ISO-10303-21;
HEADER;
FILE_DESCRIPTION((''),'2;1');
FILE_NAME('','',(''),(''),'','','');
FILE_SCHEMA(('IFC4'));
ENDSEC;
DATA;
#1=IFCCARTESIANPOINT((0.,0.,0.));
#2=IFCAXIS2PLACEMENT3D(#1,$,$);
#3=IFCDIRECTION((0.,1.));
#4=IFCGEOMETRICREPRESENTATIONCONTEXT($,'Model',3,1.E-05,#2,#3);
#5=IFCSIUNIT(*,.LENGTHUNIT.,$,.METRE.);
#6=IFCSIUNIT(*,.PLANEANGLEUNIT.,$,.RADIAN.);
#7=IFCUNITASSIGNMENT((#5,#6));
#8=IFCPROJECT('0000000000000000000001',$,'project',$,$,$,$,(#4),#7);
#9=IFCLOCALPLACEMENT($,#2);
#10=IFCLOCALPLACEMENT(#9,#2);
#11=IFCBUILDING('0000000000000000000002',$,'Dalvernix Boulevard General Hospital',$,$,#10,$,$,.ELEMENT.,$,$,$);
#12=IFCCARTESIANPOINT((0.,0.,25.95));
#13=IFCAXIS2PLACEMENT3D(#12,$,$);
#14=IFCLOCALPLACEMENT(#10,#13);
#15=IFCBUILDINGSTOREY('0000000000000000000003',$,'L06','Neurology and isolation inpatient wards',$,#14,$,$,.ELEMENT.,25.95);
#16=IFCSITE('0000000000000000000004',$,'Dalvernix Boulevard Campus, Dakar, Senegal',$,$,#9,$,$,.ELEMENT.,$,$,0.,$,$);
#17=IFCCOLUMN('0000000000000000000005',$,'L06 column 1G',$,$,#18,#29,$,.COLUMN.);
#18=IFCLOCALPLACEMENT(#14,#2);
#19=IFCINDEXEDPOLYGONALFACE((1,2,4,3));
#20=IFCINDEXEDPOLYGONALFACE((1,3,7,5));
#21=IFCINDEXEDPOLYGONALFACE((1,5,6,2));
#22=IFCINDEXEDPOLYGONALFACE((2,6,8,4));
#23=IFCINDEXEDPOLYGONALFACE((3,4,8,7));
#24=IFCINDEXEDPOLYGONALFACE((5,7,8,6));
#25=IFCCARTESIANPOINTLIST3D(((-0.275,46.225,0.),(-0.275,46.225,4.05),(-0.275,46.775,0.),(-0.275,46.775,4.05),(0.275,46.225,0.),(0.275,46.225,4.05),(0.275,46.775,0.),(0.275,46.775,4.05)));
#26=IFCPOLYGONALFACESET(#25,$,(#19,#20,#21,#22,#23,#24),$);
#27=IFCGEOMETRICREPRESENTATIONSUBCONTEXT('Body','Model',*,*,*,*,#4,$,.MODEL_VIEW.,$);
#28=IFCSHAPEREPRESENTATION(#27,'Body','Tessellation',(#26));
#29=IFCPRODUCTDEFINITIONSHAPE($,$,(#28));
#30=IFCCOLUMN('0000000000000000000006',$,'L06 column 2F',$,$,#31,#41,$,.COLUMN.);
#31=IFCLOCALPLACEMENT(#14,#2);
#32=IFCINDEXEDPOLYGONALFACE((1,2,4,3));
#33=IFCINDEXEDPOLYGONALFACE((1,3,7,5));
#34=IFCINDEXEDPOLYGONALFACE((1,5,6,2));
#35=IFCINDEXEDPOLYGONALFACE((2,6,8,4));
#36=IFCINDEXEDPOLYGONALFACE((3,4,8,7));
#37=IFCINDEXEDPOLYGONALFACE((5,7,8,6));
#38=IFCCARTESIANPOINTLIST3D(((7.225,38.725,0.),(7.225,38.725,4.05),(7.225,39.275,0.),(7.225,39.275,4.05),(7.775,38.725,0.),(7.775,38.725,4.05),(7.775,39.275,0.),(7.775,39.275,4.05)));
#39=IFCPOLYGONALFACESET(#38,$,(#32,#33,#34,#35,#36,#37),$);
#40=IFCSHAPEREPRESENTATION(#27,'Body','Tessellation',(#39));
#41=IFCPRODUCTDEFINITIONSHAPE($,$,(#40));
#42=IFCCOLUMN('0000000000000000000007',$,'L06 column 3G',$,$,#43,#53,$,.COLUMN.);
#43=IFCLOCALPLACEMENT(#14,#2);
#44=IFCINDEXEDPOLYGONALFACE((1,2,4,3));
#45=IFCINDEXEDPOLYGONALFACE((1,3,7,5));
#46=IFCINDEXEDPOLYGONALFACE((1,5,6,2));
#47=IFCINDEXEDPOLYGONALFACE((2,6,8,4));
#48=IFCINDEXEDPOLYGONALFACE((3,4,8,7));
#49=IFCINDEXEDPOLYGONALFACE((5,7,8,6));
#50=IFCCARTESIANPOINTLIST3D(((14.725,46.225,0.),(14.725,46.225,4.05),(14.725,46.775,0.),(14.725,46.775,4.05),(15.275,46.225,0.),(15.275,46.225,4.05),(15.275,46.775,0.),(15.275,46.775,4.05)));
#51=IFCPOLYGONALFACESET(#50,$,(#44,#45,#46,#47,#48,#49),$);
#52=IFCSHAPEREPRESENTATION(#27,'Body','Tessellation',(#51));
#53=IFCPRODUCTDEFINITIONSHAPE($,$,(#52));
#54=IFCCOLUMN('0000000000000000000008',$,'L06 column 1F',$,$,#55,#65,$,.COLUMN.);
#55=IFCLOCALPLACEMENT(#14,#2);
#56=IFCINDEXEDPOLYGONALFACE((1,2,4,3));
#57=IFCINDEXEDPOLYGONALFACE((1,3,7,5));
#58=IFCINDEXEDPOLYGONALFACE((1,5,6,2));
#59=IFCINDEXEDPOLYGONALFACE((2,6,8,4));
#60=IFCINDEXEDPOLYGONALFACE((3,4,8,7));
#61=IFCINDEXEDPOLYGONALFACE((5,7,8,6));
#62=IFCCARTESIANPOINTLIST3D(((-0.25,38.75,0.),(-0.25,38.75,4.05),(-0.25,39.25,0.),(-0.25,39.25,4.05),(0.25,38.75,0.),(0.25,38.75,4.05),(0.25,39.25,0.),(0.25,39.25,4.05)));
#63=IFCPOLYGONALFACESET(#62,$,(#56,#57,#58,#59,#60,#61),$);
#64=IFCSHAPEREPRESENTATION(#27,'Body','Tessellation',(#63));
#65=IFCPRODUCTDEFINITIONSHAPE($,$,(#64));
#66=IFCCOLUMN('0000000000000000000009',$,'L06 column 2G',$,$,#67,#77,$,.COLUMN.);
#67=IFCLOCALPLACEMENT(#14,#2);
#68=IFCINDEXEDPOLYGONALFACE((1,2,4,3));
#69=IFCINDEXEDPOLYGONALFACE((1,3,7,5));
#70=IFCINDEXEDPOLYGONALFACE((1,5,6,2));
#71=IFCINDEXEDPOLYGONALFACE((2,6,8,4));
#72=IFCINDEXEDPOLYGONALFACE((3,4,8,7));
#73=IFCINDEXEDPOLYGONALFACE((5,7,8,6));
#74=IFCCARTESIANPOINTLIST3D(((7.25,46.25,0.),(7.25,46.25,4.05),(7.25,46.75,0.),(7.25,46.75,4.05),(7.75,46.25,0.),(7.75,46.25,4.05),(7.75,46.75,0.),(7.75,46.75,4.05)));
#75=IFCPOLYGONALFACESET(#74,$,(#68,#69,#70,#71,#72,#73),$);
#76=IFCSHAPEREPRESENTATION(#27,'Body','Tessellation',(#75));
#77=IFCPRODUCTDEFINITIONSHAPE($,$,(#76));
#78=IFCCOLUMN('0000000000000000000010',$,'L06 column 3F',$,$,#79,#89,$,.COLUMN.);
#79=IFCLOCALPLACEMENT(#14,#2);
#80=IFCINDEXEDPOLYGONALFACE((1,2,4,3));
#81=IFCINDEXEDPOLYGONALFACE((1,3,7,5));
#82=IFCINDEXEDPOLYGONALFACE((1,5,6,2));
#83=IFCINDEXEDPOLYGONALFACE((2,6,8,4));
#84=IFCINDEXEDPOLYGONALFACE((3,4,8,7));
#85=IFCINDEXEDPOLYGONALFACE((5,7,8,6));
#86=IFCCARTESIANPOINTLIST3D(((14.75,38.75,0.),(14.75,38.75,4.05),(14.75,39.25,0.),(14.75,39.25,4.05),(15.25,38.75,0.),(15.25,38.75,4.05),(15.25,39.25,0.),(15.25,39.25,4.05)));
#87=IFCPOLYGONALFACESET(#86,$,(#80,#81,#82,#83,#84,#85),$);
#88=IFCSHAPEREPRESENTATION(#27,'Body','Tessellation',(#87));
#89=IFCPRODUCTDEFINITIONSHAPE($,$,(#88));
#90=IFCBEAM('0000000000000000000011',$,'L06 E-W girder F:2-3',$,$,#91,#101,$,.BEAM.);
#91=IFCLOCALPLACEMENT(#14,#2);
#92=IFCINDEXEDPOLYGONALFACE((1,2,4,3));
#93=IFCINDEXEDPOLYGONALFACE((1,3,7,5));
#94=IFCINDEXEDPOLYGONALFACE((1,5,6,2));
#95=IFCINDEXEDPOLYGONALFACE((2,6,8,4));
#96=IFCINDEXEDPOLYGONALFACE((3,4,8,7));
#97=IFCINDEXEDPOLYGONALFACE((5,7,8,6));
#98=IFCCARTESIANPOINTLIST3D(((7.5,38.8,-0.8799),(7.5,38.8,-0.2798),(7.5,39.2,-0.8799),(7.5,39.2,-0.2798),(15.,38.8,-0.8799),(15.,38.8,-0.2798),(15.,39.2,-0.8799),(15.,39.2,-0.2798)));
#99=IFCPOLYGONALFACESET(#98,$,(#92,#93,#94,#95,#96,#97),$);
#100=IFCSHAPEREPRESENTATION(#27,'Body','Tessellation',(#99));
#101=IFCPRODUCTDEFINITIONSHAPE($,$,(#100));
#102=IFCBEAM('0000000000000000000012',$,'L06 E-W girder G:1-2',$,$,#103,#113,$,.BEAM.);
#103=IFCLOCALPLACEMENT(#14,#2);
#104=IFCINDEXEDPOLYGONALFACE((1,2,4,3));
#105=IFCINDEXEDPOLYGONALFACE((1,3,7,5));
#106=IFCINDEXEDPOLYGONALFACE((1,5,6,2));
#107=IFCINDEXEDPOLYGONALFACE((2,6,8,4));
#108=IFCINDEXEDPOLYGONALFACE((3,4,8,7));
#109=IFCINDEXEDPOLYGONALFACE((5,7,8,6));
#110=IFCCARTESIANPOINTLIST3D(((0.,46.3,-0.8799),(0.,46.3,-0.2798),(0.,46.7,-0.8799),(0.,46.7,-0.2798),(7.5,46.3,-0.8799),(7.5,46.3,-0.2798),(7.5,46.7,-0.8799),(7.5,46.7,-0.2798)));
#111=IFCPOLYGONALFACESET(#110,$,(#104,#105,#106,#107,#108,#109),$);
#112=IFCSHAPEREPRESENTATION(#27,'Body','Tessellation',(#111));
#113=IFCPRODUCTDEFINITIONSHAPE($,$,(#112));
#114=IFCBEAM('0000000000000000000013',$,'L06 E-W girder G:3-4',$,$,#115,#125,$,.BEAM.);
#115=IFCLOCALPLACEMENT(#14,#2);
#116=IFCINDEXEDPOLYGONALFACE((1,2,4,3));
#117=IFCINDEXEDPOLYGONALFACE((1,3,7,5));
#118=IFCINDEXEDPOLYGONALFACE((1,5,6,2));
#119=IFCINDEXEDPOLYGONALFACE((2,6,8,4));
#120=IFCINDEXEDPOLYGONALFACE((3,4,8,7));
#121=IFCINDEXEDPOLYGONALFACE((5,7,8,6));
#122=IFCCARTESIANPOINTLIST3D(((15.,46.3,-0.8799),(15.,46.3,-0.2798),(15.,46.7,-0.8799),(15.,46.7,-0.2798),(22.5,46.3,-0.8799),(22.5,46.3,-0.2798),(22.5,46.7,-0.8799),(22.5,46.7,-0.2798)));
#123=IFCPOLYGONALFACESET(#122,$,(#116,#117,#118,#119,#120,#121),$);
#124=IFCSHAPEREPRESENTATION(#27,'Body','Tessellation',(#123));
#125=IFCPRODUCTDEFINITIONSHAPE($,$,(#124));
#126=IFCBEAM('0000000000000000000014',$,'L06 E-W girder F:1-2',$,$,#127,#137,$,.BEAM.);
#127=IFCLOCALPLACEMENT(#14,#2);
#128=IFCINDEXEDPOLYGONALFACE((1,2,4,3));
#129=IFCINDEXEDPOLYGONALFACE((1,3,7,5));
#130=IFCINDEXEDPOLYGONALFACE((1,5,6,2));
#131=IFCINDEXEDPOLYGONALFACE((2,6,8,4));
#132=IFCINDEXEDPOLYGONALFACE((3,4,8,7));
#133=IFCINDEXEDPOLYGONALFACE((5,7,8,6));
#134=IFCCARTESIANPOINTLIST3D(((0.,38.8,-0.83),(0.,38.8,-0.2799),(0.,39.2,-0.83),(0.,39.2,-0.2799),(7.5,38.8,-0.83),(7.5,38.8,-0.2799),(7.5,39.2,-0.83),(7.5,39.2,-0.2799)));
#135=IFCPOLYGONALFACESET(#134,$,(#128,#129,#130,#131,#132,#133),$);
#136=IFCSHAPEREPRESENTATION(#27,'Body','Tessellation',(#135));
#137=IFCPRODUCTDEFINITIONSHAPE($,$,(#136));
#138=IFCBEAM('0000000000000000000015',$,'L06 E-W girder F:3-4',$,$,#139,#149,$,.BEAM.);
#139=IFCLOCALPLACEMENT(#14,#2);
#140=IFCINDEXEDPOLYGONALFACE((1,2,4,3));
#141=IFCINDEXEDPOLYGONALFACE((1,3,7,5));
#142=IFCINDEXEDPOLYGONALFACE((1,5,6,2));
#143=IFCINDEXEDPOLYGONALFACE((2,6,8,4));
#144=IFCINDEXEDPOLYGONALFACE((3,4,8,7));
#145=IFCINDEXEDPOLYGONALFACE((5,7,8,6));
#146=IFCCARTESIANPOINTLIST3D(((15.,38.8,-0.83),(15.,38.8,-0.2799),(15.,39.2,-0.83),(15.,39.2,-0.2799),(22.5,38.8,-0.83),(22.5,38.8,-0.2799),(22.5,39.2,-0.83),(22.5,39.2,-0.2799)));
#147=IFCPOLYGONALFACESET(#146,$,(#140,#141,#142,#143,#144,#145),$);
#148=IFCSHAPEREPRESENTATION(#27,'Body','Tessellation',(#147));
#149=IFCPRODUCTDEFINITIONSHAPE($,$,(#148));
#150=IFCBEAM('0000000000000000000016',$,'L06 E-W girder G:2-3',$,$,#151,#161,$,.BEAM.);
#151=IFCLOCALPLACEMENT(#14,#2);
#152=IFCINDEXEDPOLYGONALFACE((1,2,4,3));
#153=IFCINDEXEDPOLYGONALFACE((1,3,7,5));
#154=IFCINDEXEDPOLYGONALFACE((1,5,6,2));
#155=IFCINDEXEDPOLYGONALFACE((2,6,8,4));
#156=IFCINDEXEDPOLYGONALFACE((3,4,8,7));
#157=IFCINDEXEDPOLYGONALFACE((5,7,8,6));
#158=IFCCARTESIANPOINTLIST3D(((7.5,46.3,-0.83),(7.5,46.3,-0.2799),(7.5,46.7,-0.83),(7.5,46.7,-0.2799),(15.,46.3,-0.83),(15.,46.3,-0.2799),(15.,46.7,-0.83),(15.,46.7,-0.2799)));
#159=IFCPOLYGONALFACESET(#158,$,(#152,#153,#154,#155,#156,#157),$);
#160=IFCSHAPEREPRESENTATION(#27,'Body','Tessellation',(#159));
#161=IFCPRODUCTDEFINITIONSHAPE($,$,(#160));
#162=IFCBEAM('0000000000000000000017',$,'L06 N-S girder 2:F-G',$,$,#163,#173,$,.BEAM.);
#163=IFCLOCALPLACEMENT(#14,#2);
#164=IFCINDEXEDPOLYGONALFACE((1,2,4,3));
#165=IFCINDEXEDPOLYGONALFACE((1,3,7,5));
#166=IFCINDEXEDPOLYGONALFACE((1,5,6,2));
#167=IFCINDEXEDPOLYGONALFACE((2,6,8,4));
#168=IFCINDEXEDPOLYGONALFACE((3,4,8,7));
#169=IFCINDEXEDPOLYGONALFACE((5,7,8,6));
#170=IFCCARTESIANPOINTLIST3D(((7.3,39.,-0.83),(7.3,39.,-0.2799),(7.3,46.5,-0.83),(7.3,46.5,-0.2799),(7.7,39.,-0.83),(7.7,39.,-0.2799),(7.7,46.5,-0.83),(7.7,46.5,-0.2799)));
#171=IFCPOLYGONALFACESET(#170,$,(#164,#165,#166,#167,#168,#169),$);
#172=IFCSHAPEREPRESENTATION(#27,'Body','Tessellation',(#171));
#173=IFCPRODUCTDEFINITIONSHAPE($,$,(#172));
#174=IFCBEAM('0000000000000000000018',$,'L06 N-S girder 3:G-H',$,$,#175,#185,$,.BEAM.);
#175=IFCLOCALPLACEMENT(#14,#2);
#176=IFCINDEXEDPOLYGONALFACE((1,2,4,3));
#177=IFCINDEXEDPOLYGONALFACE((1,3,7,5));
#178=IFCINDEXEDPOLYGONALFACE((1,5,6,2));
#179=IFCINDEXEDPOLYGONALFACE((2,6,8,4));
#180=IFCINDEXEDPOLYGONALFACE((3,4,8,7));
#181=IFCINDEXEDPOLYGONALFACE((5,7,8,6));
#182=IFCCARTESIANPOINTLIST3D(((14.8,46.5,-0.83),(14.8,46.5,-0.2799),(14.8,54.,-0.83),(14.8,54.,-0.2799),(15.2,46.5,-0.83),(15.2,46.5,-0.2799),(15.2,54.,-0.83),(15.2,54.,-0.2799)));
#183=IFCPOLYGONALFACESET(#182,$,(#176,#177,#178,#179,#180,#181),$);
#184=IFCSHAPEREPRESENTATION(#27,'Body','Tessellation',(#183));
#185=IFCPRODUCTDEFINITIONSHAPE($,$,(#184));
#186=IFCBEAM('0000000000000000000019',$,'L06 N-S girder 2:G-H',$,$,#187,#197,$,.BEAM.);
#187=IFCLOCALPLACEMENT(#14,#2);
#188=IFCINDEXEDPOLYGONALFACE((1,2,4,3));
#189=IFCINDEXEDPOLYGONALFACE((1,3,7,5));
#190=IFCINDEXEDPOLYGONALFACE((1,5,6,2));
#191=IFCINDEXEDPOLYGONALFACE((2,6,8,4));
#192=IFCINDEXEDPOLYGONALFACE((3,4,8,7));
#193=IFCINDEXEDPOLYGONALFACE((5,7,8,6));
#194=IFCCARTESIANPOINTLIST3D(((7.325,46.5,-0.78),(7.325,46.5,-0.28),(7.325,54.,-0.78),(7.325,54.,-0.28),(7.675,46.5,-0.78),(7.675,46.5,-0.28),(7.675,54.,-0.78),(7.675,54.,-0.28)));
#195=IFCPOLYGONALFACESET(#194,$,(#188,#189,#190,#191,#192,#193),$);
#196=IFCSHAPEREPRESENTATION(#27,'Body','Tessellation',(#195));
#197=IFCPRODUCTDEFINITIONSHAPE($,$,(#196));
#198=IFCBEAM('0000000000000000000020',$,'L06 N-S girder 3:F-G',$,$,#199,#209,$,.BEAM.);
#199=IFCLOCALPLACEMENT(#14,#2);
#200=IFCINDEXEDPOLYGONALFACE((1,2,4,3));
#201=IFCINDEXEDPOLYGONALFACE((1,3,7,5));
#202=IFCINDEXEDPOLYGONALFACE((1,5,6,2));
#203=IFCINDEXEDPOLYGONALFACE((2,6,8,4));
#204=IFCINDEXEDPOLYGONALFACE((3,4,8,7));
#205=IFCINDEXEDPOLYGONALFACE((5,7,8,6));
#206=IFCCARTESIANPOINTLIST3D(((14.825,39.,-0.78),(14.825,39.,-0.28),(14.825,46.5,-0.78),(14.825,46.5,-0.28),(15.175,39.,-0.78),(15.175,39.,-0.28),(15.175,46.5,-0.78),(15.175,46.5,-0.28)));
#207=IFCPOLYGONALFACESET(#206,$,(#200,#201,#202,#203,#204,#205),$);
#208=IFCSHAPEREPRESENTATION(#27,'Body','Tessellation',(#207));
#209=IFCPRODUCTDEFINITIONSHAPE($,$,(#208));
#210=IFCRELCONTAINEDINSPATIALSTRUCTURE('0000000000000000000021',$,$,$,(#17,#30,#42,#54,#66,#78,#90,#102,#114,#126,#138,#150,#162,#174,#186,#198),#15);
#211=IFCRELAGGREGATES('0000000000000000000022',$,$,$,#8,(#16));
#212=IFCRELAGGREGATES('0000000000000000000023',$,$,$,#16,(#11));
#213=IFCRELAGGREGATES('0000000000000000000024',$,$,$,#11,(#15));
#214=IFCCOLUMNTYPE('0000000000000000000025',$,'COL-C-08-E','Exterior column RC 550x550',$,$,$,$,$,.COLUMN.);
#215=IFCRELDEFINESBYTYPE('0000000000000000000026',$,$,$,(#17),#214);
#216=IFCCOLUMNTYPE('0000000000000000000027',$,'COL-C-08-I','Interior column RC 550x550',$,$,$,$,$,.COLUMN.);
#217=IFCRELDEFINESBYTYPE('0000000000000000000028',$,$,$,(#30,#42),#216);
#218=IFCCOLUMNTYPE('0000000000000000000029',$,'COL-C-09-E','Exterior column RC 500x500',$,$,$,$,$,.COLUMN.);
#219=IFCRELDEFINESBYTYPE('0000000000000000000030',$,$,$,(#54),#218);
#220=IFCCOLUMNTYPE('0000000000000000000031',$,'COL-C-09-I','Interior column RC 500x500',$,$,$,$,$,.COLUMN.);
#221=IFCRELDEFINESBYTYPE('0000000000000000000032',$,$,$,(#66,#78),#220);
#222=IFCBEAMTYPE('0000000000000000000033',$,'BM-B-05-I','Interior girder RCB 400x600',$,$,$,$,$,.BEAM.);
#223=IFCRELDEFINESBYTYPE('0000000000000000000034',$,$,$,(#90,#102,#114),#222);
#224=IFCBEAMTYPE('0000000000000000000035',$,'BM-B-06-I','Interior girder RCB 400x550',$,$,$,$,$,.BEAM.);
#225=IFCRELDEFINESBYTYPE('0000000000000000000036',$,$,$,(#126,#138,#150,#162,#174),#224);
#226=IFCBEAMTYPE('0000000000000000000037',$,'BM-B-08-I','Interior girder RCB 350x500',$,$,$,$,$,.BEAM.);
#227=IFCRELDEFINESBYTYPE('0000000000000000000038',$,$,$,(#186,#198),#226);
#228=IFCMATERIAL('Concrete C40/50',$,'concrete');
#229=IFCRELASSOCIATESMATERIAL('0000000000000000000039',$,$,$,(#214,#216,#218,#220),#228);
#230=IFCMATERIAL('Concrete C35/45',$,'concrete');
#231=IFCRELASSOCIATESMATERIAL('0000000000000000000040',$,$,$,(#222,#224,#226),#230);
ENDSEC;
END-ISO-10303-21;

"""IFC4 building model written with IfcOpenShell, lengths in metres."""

from ifc_helpers import new_model, si_unit, direction, frame, origin, origin_2d, place, context, subcontext, project, spatial, rectangle, extrude, material, material_profile, profile_set, type_object, element, save


model = new_model("IFC4")

# Units and contexts
model_context = context("Model", 3, precision=1e-05, world=origin(), true_north=direction((0.0, 1.0)))
body_context = subcontext(model_context, "Body", "Model", "MODEL_VIEW")
ifc_project = project(units=[si_unit("LENGTHUNIT", "METRE"), si_unit("PLANEANGLEUNIT", "RADIAN")], contexts=[model_context])

# Site, building, storey
site_placement = place(None, origin())
site = spatial("IfcSite", under=ifc_project, at=site_placement, Name="Dalvernix Boulevard Campus, Dakar, Senegal", CompositionType="ELEMENT", RefElevation=0.0)
building_placement = place(site_placement, origin())
building = spatial("IfcBuilding", under=site, at=building_placement, Name="Dalvernix Boulevard General Hospital", CompositionType="ELEMENT")
storey_placement = place(building_placement, frame((0.0, 0.0, 25.95)))
storey = spatial("IfcBuildingStorey", under=building, at=storey_placement, Name="L06", Description="Neurology and isolation inpatient wards", CompositionType="ELEMENT", Elevation=25.95)

# Columns
ifc_material_1 = material(Name="Concrete C40/50", Category="concrete")
ifc_material_profile_1 = material_profile(ifc_material_1, rectangle(XDim=0.55, YDim=0.55, at=origin_2d()), Name="RC 550x550")
ifc_profile_set_1 = profile_set([ifc_material_profile_1], Name="Concrete C40/50")
column_type_1 = type_object("IfcColumnType", Name="COL-C-08-E", Description="Exterior column RC 550x550", PredefinedType="COLUMN", material=ifc_profile_set_1)
column_1_placement = place(storey_placement, frame((0.0, 46.5, 0.0), z_axis=(0.0, 0.0, 1.0), x_axis=(1.0, 0.0, 0.0)))
element("IfcColumn", 1, at=column_1_placement, inside=storey, type_object=column_type_1, Name="L06 column 1G", PredefinedType="COLUMN", context=body_context, shape_type="SweptSolid", body=[
    extrude(rectangle(XDim=0.55, YDim=0.55, at=origin_2d()), origin(), (0.0, 0.0, 1.0), 4.05),
])
ifc_material_profile_2 = material_profile(ifc_material_1, rectangle(XDim=0.55, YDim=0.55, at=origin_2d()), Name="RC 550x550")
ifc_profile_set_2 = profile_set([ifc_material_profile_2], Name="Concrete C40/50")
column_type_2 = type_object("IfcColumnType", Name="COL-C-08-I", Description="Interior column RC 550x550", PredefinedType="COLUMN", material=ifc_profile_set_2)
for number, where, z_axis, x_axis, name in (
    (2, (7.5, 39.0, 0.0), (0.0, 0.0, 1.0), (1.0, 0.0, 0.0), "L06 column 2F"),
    (3, (15.0, 46.5, 0.0), (0.0, 0.0, 1.0), (1.0, 0.0, 0.0), "L06 column 3G"),
):
    element("IfcColumn", number, at=place(storey_placement, frame(where, z_axis=z_axis, x_axis=x_axis)), inside=storey, type_object=column_type_2, Name=name, PredefinedType="COLUMN", context=body_context, shape_type="SweptSolid", body=[
        extrude(rectangle(XDim=0.55, YDim=0.55, at=origin_2d()), origin(), (0.0, 0.0, 1.0), 4.05),
    ])
ifc_material_profile_3 = material_profile(ifc_material_1, rectangle(XDim=0.5, YDim=0.5, at=origin_2d()), Name="RC 500x500")
ifc_profile_set_3 = profile_set([ifc_material_profile_3], Name="Concrete C40/50")
column_type_3 = type_object("IfcColumnType", Name="COL-C-09-E", Description="Exterior column RC 500x500", PredefinedType="COLUMN", material=ifc_profile_set_3)
column_2_placement = place(storey_placement, frame((0.0, 39.0, 0.0), z_axis=(0.0, 0.0, 1.0), x_axis=(1.0, 0.0, 0.0)))
element("IfcColumn", 4, at=column_2_placement, inside=storey, type_object=column_type_3, Name="L06 column 1F", PredefinedType="COLUMN", context=body_context, shape_type="SweptSolid", body=[
    extrude(rectangle(XDim=0.5, YDim=0.5, at=origin_2d()), origin(), (0.0, 0.0, 1.0), 4.05),
])
ifc_material_profile_4 = material_profile(ifc_material_1, rectangle(XDim=0.5, YDim=0.5, at=origin_2d()), Name="RC 500x500")
ifc_profile_set_4 = profile_set([ifc_material_profile_4], Name="Concrete C40/50")
column_type_4 = type_object("IfcColumnType", Name="COL-C-09-I", Description="Interior column RC 500x500", PredefinedType="COLUMN", material=ifc_profile_set_4)
for number, where, z_axis, x_axis, name in (
    (5, (7.5, 46.5, 0.0), (0.0, 0.0, 1.0), (1.0, 0.0, 0.0), "L06 column 2G"),
    (6, (15.0, 39.0, 0.0), (0.0, 0.0, 1.0), (1.0, 0.0, 0.0), "L06 column 3F"),
):
    element("IfcColumn", number, at=place(storey_placement, frame(where, z_axis=z_axis, x_axis=x_axis)), inside=storey, type_object=column_type_4, Name=name, PredefinedType="COLUMN", context=body_context, shape_type="SweptSolid", body=[
        extrude(rectangle(XDim=0.5, YDim=0.5, at=origin_2d()), origin(), (0.0, 0.0, 1.0), 4.05),
    ])

# Beams
ifc_material_2 = material(Name="Concrete C35/45", Category="concrete")
ifc_material_profile_5 = material_profile(ifc_material_2, rectangle(XDim=0.3999, YDim=0.6001, at=origin_2d()), Name="RCB 400x600")
ifc_profile_set_5 = profile_set([ifc_material_profile_5], Name="Concrete C35/45")
beam_type_1 = type_object("IfcBeamType", Name="BM-B-05-I", Description="Interior girder RCB 400x600", PredefinedType="BEAM", material=ifc_profile_set_5)
for number, where, z_axis, x_axis, name in (
    (7, (7.5, 39.0, -0.5798), (1.0, 0.0, 0.0), (0.0, 1.0, 0.0), "L06 E-W girder F:2-3"),
    (8, (0.0, 46.5, -0.5798), (1.0, 0.0, 0.0), (0.0, 1.0, 0.0), "L06 E-W girder G:1-2"),
    (9, (15.0, 46.5, -0.5798), (1.0, 0.0, 0.0), (0.0, 1.0, 0.0), "L06 E-W girder G:3-4"),
):
    element("IfcBeam", number, at=place(storey_placement, frame(where, z_axis=z_axis, x_axis=x_axis)), inside=storey, type_object=beam_type_1, Name=name, PredefinedType="BEAM", context=body_context, shape_type="SweptSolid", body=[
        extrude(rectangle(XDim=0.3999, YDim=0.6001, at=origin_2d()), origin(), (0.0, 0.0, 1.0), 7.5),
    ])
ifc_material_profile_6 = material_profile(ifc_material_2, rectangle(XDim=0.3999, YDim=0.55, at=origin_2d()), Name="RCB 400x550")
ifc_profile_set_6 = profile_set([ifc_material_profile_6], Name="Concrete C35/45")
beam_type_2 = type_object("IfcBeamType", Name="BM-B-06-I", Description="Interior girder RCB 400x550", PredefinedType="BEAM", material=ifc_profile_set_6)
for number, where, z_axis, x_axis, name in (
    (10, (0.0, 39.0, -0.5549), (1.0, 0.0, 0.0), (0.0, 1.0, 0.0), "L06 E-W girder F:1-2"),
    (11, (15.0, 39.0, -0.5549), (1.0, 0.0, 0.0), (0.0, 1.0, 0.0), "L06 E-W girder F:3-4"),
    (12, (7.5, 46.5, -0.5549), (1.0, 0.0, 0.0), (0.0, 1.0, 0.0), "L06 E-W girder G:2-3"),
    (13, (7.5, 39.0, -0.5549), (0.0, 1.0, 0.0), (-1.0, 0.0, 0.0), "L06 N-S girder 2:F-G"),
    (14, (15.0, 46.5, -0.5549), (0.0, 1.0, 0.0), (-1.0, 0.0, 0.0), "L06 N-S girder 3:G-H"),
):
    element("IfcBeam", number, at=place(storey_placement, frame(where, z_axis=z_axis, x_axis=x_axis)), inside=storey, type_object=beam_type_2, Name=name, PredefinedType="BEAM", context=body_context, shape_type="SweptSolid", body=[
        extrude(rectangle(XDim=0.3999, YDim=0.55, at=origin_2d()), origin(), (0.0, 0.0, 1.0), 7.5),
    ])
ifc_material_profile_7 = material_profile(ifc_material_2, rectangle(XDim=0.3501, YDim=0.5, at=origin_2d()), Name="RCB 350x500")
ifc_profile_set_7 = profile_set([ifc_material_profile_7], Name="Concrete C35/45")
beam_type_3 = type_object("IfcBeamType", Name="BM-B-08-I", Description="Interior girder RCB 350x500", PredefinedType="BEAM", material=ifc_profile_set_7)
for number, where, z_axis, x_axis, name in (
    (15, (7.5, 46.5, -0.53), (0.0, 1.0, 0.0), (-1.0, 0.0, 0.0), "L06 N-S girder 2:G-H"),
    (16, (15.0, 39.0, -0.53), (0.0, 1.0, 0.0), (-1.0, 0.0, 0.0), "L06 N-S girder 3:F-G"),
):
    element("IfcBeam", number, at=place(storey_placement, frame(where, z_axis=z_axis, x_axis=x_axis)), inside=storey, type_object=beam_type_3, Name=name, PredefinedType="BEAM", context=body_context, shape_type="SweptSolid", body=[
        extrude(rectangle(XDim=0.3501, YDim=0.5, at=origin_2d()), origin(), (0.0, 0.0, 1.0), 7.5),
    ])

save(model, "model.ifc")
